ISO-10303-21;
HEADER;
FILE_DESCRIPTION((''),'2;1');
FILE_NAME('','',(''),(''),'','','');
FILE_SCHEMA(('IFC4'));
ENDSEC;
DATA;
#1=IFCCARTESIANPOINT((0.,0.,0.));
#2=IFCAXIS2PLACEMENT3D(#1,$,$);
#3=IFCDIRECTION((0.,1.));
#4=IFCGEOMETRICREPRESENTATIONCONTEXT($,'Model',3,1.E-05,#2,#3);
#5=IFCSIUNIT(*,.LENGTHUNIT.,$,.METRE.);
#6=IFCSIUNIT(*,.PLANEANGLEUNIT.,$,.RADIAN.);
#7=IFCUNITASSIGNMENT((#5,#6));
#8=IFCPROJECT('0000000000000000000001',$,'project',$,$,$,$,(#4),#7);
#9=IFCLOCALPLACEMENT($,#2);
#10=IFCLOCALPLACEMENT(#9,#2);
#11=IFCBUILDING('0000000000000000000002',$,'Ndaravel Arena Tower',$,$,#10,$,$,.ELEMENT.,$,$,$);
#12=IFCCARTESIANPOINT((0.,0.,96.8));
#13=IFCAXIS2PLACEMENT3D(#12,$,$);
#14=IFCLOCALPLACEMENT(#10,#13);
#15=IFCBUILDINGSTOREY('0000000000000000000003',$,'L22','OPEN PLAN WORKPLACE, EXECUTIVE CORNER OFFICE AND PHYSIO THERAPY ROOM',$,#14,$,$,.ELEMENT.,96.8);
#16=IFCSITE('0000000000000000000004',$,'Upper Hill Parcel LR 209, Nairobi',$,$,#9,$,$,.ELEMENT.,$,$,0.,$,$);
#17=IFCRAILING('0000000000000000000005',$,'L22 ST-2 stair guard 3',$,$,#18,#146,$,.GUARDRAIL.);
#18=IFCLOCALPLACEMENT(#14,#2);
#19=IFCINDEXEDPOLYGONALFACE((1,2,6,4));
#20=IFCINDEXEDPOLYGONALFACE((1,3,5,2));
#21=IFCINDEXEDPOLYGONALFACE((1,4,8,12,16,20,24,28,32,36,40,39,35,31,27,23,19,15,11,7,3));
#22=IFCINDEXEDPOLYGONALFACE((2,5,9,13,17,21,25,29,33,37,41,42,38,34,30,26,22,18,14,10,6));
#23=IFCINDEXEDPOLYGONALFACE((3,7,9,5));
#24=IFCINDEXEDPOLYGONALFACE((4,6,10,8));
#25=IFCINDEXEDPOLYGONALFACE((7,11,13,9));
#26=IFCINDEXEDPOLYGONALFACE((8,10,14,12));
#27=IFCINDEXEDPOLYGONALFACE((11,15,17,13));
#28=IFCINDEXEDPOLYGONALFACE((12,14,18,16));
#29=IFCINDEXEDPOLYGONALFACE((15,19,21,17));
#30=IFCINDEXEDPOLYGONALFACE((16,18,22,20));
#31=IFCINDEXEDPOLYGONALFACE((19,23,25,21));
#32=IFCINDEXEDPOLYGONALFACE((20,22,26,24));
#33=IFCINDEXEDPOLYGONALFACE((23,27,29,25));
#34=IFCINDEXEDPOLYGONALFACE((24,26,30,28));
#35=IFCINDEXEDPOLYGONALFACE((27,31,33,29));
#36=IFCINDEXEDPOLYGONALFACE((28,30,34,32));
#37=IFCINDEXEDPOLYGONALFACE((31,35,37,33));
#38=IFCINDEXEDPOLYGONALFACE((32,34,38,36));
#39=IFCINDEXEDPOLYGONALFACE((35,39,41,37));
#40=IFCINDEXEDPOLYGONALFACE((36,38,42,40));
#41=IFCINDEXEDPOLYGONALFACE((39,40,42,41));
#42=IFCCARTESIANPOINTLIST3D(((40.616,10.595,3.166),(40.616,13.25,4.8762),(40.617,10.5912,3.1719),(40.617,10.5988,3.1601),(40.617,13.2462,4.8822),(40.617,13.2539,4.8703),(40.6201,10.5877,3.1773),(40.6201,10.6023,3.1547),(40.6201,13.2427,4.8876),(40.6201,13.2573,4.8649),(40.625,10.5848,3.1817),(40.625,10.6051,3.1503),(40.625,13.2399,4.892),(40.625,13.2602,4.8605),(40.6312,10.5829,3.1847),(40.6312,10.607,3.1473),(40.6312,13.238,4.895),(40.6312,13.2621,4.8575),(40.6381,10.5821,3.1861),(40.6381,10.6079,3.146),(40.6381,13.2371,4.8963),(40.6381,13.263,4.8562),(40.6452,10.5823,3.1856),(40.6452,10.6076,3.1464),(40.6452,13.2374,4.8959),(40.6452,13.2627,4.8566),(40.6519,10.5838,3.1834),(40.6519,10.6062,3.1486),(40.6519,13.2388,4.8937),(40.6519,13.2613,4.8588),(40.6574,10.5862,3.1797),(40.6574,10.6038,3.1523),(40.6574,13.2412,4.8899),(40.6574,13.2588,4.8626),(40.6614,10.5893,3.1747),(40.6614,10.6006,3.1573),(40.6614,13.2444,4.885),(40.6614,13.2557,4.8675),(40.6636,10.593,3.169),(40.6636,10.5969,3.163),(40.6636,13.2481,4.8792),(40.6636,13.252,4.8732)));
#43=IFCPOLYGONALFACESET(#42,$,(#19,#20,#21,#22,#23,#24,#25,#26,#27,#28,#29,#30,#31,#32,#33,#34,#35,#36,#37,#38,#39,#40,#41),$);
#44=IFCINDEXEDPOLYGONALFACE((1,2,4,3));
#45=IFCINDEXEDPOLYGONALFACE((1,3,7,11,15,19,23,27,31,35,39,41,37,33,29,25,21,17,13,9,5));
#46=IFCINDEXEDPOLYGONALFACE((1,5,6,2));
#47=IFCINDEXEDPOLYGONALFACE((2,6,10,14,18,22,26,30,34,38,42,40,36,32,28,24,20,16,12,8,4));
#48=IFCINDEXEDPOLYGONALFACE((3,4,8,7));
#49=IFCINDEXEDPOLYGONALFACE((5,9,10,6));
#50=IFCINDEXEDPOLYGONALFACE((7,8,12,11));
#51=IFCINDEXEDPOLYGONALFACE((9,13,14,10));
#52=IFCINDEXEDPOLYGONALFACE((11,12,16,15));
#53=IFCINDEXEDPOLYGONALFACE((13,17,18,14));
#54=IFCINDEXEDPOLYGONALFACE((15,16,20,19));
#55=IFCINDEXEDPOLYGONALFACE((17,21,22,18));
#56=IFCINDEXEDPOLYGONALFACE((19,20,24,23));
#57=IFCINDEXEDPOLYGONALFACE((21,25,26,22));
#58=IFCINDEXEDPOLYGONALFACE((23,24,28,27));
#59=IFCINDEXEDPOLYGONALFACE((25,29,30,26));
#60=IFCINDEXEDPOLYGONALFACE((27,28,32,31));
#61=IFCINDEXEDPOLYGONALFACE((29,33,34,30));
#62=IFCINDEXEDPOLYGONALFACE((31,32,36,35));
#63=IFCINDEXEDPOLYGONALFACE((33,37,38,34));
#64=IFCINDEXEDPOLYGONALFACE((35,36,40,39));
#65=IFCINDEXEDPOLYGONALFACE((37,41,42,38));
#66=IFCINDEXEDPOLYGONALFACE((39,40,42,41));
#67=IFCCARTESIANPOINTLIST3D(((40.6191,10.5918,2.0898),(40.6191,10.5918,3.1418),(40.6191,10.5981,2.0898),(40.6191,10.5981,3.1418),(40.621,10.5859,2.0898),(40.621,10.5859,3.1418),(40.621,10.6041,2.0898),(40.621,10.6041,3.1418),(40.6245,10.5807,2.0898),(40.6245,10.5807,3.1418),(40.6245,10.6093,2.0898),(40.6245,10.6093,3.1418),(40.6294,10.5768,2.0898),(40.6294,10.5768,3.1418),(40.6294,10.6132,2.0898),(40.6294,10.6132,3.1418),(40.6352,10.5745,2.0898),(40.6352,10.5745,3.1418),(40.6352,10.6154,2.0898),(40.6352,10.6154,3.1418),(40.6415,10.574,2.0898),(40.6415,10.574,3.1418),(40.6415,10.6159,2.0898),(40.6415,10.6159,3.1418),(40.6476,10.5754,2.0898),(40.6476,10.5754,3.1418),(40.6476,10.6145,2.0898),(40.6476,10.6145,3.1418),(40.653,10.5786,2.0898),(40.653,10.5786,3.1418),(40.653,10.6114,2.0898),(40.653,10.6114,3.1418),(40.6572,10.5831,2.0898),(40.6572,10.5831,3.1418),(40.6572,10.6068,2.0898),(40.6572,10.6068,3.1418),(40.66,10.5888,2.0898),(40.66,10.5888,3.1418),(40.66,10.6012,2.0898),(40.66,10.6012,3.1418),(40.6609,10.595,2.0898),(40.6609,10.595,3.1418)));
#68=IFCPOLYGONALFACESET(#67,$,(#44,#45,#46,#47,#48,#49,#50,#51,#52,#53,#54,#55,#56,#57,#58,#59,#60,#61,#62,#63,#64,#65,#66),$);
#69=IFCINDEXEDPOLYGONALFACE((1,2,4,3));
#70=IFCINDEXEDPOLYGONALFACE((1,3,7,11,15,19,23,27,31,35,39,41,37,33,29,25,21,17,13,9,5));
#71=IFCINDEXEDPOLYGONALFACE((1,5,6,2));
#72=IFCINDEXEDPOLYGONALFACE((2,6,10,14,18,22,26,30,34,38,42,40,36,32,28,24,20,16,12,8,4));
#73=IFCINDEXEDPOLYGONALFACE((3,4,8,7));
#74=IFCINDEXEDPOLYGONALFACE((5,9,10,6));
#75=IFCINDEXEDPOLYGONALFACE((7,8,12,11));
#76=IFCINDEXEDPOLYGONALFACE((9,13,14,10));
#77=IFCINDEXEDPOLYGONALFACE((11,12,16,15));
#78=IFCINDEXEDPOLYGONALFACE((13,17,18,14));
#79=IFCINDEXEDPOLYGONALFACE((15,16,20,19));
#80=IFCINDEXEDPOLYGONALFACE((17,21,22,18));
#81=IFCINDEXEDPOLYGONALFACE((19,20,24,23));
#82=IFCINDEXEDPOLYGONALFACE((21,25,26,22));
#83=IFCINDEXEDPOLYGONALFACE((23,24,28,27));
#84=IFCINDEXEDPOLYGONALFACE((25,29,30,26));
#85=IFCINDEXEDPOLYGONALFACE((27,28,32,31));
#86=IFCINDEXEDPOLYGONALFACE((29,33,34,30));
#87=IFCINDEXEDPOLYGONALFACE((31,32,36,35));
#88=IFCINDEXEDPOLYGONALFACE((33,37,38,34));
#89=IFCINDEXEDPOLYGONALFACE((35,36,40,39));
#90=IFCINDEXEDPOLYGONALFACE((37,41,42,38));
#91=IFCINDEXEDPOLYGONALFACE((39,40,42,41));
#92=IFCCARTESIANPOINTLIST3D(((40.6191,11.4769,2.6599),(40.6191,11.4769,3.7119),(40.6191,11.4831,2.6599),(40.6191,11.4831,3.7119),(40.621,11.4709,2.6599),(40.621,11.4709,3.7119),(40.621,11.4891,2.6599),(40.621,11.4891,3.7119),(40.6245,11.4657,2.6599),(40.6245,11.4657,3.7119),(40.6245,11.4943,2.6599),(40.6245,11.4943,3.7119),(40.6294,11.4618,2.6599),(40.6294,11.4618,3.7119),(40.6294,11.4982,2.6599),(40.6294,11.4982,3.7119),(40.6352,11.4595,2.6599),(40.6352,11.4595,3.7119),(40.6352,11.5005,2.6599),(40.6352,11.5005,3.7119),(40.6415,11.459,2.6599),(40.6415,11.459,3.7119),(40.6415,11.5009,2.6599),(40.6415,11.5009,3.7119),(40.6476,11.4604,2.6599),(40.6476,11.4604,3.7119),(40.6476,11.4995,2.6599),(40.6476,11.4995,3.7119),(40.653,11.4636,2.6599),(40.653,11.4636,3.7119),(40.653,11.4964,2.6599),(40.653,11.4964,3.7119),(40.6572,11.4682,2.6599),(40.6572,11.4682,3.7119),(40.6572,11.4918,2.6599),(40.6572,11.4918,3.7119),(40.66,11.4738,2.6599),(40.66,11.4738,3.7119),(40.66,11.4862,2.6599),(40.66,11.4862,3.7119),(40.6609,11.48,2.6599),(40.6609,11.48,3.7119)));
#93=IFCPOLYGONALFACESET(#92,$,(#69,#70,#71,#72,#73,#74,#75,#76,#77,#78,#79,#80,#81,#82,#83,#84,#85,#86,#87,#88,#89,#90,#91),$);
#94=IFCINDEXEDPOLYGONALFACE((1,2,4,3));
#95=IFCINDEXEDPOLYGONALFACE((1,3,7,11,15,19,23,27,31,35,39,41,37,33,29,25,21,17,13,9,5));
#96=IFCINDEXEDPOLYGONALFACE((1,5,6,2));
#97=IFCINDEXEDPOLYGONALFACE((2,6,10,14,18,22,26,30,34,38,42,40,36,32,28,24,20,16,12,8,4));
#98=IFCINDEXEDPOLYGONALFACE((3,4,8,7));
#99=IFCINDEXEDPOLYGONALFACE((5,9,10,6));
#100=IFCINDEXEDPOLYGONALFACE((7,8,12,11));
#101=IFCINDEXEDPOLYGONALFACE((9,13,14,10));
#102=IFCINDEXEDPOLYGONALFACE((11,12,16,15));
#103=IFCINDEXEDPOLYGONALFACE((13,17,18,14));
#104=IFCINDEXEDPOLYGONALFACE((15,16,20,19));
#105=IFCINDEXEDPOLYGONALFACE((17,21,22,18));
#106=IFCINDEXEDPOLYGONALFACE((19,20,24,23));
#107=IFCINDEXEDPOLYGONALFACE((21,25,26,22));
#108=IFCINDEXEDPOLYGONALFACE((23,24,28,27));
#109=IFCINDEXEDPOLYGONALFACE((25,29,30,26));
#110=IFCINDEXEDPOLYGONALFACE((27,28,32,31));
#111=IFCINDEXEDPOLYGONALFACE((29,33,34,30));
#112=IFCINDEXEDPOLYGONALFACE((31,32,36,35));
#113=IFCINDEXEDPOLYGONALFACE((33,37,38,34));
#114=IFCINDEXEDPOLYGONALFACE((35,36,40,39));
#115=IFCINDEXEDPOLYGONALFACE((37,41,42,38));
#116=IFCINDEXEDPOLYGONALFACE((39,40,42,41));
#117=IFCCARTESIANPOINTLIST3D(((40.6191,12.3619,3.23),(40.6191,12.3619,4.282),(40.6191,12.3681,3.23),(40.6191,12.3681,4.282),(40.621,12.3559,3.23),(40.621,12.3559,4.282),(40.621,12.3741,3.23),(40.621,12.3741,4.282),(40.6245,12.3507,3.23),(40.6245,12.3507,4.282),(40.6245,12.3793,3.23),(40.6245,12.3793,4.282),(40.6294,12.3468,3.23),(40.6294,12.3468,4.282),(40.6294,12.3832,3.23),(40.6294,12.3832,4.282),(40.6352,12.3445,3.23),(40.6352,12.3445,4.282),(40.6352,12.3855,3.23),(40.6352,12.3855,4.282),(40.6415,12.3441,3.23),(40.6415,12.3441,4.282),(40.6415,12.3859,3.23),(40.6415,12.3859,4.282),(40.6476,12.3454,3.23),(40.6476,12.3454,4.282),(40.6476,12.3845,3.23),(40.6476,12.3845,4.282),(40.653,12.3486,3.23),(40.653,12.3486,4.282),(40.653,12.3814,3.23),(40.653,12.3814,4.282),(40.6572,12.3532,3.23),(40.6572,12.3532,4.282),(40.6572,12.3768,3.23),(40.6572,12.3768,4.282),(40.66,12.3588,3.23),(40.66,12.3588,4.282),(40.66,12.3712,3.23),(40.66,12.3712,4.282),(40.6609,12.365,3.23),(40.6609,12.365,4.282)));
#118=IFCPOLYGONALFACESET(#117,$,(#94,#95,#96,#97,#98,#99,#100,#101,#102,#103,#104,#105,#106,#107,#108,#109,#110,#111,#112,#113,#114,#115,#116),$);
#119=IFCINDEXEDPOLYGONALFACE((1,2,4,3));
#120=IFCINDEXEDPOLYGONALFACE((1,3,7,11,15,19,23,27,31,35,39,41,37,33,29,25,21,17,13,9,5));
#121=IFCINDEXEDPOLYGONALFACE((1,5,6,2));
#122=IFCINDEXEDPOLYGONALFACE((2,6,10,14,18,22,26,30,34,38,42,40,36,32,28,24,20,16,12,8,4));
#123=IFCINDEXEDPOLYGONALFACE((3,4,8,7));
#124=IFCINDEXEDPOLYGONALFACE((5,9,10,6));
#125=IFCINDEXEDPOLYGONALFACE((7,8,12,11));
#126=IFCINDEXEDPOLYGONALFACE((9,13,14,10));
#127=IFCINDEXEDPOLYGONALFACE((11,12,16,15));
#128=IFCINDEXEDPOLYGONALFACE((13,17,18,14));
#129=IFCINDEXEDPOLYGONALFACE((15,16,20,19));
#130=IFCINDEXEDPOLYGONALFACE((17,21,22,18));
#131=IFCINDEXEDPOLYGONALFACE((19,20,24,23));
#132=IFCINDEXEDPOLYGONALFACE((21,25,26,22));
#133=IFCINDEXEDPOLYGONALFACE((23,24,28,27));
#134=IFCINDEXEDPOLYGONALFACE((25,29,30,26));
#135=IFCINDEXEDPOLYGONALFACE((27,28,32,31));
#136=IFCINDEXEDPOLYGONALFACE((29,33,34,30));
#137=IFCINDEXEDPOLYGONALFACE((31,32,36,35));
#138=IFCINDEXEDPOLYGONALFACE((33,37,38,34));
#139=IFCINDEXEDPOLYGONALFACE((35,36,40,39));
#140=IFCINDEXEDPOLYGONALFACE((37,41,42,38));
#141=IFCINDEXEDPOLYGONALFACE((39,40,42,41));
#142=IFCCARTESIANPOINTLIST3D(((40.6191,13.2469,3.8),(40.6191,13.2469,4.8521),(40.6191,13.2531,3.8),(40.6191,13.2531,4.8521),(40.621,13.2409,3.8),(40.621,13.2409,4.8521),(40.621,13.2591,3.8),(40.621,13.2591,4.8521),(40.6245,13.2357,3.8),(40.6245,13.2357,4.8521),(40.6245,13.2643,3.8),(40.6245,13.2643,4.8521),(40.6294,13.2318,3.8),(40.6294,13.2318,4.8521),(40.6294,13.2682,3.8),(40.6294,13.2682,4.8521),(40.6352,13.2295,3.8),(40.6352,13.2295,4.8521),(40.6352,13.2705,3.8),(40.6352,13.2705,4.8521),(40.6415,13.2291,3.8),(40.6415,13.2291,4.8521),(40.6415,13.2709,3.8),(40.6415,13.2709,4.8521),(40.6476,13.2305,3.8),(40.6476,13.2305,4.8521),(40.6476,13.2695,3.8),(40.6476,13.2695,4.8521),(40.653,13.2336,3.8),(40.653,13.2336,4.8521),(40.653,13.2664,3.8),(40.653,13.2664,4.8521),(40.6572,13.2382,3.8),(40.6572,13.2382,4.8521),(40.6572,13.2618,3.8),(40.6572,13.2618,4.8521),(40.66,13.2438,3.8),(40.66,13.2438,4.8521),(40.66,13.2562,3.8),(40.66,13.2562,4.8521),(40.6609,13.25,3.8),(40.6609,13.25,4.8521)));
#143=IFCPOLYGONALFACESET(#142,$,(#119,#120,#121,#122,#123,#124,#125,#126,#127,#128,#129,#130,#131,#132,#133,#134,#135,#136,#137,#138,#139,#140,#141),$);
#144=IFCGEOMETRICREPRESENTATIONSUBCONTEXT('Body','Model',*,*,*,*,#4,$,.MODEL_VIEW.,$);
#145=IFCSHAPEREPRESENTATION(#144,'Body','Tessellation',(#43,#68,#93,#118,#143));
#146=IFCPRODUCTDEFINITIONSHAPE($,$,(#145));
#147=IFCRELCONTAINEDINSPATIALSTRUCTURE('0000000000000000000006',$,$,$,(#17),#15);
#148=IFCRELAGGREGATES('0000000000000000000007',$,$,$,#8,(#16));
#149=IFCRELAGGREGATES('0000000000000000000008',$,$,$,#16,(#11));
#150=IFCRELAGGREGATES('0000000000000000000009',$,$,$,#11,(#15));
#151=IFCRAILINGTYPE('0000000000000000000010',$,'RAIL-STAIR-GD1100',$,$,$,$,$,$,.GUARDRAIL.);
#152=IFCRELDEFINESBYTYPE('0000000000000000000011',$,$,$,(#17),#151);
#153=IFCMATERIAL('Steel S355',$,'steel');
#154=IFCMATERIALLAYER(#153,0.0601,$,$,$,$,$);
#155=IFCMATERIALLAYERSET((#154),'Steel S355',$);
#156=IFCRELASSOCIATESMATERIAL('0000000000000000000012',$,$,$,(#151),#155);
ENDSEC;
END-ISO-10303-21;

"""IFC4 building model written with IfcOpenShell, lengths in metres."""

from ifc_helpers import new_model, si_unit, direction, frame, origin, origin_2d, place, context, subcontext, project, spatial, circle, extrude, material, layer, layer_set, type_object, element, save


model = new_model("IFC4")

# Units and contexts
model_context = context("Model", 3, precision=1e-05, world=origin(), true_north=direction((0.0, 1.0)))
body_context = subcontext(model_context, "Body", "Model", "MODEL_VIEW")
ifc_project = project(units=[si_unit("LENGTHUNIT", "METRE"), si_unit("PLANEANGLEUNIT", "RADIAN")], contexts=[model_context])

# Site, building, storey
site_placement = place(None, origin())
site = spatial("IfcSite", under=ifc_project, at=site_placement, Name="Upper Hill Parcel LR 209, Nairobi", CompositionType="ELEMENT", RefElevation=0.0)
building_placement = place(site_placement, origin())
building = spatial("IfcBuilding", under=site, at=building_placement, Name="Ndaravel Arena Tower", CompositionType="ELEMENT")
storey_placement = place(building_placement, frame((0.0, 0.0, 96.8)))
storey = spatial("IfcBuildingStorey", under=building, at=storey_placement, Name="L22", Description="OPEN PLAN WORKPLACE, EXECUTIVE CORNER OFFICE AND PHYSIO THERAPY ROOM", CompositionType="ELEMENT", Elevation=96.8)

# Railing
ifc_material_1 = material(Name="Steel S355", Category="steel")
ifc_layer_1 = layer(ifc_material_1, 0.0601)
ifc_layer_set_1 = layer_set([ifc_layer_1], Name="Steel S355")
railing_type_1 = type_object("IfcRailingType", Name="RAIL-STAIR-GD1100", PredefinedType="GUARDRAIL", material=ifc_layer_set_1)
railing_1_placement = place(storey_placement, frame((40.6399, 10.595, 2.0898)))
element("IfcRailing", 1, at=railing_1_placement, inside=storey, type_object=railing_type_1, Name="L22 ST-2 stair guard 3", PredefinedType="GUARDRAIL", context=body_context, shape_type="SweptSolid", body=[
    extrude(circle(Radius=0.0239, at=origin_2d()), frame((0.0, 0.0, 1.0762), z_axis=(0.0, 0.840688, 0.541519), x_axis=(-1.0, 0.0, 0.0)), (0.0, 0.0, 1.0), 3.1582),
    extrude(circle(Radius=0.021, at=origin_2d()), origin(), (0.0, 0.0, 1.0), 1.052),
    extrude(circle(Radius=0.021, at=origin_2d()), frame((0.0, 0.885, 0.5701)), (0.0, 0.0, 1.0), 1.052),
    extrude(circle(Radius=0.021, at=origin_2d()), frame((0.0, 1.77, 1.1401)), (0.0, 0.0, 1.0), 1.052),
    extrude(circle(Radius=0.021, at=origin_2d()), frame((0.0, 2.655, 1.7102)), (0.0, 0.0, 1.0), 1.052),
])

save(model, "model.ifc")
